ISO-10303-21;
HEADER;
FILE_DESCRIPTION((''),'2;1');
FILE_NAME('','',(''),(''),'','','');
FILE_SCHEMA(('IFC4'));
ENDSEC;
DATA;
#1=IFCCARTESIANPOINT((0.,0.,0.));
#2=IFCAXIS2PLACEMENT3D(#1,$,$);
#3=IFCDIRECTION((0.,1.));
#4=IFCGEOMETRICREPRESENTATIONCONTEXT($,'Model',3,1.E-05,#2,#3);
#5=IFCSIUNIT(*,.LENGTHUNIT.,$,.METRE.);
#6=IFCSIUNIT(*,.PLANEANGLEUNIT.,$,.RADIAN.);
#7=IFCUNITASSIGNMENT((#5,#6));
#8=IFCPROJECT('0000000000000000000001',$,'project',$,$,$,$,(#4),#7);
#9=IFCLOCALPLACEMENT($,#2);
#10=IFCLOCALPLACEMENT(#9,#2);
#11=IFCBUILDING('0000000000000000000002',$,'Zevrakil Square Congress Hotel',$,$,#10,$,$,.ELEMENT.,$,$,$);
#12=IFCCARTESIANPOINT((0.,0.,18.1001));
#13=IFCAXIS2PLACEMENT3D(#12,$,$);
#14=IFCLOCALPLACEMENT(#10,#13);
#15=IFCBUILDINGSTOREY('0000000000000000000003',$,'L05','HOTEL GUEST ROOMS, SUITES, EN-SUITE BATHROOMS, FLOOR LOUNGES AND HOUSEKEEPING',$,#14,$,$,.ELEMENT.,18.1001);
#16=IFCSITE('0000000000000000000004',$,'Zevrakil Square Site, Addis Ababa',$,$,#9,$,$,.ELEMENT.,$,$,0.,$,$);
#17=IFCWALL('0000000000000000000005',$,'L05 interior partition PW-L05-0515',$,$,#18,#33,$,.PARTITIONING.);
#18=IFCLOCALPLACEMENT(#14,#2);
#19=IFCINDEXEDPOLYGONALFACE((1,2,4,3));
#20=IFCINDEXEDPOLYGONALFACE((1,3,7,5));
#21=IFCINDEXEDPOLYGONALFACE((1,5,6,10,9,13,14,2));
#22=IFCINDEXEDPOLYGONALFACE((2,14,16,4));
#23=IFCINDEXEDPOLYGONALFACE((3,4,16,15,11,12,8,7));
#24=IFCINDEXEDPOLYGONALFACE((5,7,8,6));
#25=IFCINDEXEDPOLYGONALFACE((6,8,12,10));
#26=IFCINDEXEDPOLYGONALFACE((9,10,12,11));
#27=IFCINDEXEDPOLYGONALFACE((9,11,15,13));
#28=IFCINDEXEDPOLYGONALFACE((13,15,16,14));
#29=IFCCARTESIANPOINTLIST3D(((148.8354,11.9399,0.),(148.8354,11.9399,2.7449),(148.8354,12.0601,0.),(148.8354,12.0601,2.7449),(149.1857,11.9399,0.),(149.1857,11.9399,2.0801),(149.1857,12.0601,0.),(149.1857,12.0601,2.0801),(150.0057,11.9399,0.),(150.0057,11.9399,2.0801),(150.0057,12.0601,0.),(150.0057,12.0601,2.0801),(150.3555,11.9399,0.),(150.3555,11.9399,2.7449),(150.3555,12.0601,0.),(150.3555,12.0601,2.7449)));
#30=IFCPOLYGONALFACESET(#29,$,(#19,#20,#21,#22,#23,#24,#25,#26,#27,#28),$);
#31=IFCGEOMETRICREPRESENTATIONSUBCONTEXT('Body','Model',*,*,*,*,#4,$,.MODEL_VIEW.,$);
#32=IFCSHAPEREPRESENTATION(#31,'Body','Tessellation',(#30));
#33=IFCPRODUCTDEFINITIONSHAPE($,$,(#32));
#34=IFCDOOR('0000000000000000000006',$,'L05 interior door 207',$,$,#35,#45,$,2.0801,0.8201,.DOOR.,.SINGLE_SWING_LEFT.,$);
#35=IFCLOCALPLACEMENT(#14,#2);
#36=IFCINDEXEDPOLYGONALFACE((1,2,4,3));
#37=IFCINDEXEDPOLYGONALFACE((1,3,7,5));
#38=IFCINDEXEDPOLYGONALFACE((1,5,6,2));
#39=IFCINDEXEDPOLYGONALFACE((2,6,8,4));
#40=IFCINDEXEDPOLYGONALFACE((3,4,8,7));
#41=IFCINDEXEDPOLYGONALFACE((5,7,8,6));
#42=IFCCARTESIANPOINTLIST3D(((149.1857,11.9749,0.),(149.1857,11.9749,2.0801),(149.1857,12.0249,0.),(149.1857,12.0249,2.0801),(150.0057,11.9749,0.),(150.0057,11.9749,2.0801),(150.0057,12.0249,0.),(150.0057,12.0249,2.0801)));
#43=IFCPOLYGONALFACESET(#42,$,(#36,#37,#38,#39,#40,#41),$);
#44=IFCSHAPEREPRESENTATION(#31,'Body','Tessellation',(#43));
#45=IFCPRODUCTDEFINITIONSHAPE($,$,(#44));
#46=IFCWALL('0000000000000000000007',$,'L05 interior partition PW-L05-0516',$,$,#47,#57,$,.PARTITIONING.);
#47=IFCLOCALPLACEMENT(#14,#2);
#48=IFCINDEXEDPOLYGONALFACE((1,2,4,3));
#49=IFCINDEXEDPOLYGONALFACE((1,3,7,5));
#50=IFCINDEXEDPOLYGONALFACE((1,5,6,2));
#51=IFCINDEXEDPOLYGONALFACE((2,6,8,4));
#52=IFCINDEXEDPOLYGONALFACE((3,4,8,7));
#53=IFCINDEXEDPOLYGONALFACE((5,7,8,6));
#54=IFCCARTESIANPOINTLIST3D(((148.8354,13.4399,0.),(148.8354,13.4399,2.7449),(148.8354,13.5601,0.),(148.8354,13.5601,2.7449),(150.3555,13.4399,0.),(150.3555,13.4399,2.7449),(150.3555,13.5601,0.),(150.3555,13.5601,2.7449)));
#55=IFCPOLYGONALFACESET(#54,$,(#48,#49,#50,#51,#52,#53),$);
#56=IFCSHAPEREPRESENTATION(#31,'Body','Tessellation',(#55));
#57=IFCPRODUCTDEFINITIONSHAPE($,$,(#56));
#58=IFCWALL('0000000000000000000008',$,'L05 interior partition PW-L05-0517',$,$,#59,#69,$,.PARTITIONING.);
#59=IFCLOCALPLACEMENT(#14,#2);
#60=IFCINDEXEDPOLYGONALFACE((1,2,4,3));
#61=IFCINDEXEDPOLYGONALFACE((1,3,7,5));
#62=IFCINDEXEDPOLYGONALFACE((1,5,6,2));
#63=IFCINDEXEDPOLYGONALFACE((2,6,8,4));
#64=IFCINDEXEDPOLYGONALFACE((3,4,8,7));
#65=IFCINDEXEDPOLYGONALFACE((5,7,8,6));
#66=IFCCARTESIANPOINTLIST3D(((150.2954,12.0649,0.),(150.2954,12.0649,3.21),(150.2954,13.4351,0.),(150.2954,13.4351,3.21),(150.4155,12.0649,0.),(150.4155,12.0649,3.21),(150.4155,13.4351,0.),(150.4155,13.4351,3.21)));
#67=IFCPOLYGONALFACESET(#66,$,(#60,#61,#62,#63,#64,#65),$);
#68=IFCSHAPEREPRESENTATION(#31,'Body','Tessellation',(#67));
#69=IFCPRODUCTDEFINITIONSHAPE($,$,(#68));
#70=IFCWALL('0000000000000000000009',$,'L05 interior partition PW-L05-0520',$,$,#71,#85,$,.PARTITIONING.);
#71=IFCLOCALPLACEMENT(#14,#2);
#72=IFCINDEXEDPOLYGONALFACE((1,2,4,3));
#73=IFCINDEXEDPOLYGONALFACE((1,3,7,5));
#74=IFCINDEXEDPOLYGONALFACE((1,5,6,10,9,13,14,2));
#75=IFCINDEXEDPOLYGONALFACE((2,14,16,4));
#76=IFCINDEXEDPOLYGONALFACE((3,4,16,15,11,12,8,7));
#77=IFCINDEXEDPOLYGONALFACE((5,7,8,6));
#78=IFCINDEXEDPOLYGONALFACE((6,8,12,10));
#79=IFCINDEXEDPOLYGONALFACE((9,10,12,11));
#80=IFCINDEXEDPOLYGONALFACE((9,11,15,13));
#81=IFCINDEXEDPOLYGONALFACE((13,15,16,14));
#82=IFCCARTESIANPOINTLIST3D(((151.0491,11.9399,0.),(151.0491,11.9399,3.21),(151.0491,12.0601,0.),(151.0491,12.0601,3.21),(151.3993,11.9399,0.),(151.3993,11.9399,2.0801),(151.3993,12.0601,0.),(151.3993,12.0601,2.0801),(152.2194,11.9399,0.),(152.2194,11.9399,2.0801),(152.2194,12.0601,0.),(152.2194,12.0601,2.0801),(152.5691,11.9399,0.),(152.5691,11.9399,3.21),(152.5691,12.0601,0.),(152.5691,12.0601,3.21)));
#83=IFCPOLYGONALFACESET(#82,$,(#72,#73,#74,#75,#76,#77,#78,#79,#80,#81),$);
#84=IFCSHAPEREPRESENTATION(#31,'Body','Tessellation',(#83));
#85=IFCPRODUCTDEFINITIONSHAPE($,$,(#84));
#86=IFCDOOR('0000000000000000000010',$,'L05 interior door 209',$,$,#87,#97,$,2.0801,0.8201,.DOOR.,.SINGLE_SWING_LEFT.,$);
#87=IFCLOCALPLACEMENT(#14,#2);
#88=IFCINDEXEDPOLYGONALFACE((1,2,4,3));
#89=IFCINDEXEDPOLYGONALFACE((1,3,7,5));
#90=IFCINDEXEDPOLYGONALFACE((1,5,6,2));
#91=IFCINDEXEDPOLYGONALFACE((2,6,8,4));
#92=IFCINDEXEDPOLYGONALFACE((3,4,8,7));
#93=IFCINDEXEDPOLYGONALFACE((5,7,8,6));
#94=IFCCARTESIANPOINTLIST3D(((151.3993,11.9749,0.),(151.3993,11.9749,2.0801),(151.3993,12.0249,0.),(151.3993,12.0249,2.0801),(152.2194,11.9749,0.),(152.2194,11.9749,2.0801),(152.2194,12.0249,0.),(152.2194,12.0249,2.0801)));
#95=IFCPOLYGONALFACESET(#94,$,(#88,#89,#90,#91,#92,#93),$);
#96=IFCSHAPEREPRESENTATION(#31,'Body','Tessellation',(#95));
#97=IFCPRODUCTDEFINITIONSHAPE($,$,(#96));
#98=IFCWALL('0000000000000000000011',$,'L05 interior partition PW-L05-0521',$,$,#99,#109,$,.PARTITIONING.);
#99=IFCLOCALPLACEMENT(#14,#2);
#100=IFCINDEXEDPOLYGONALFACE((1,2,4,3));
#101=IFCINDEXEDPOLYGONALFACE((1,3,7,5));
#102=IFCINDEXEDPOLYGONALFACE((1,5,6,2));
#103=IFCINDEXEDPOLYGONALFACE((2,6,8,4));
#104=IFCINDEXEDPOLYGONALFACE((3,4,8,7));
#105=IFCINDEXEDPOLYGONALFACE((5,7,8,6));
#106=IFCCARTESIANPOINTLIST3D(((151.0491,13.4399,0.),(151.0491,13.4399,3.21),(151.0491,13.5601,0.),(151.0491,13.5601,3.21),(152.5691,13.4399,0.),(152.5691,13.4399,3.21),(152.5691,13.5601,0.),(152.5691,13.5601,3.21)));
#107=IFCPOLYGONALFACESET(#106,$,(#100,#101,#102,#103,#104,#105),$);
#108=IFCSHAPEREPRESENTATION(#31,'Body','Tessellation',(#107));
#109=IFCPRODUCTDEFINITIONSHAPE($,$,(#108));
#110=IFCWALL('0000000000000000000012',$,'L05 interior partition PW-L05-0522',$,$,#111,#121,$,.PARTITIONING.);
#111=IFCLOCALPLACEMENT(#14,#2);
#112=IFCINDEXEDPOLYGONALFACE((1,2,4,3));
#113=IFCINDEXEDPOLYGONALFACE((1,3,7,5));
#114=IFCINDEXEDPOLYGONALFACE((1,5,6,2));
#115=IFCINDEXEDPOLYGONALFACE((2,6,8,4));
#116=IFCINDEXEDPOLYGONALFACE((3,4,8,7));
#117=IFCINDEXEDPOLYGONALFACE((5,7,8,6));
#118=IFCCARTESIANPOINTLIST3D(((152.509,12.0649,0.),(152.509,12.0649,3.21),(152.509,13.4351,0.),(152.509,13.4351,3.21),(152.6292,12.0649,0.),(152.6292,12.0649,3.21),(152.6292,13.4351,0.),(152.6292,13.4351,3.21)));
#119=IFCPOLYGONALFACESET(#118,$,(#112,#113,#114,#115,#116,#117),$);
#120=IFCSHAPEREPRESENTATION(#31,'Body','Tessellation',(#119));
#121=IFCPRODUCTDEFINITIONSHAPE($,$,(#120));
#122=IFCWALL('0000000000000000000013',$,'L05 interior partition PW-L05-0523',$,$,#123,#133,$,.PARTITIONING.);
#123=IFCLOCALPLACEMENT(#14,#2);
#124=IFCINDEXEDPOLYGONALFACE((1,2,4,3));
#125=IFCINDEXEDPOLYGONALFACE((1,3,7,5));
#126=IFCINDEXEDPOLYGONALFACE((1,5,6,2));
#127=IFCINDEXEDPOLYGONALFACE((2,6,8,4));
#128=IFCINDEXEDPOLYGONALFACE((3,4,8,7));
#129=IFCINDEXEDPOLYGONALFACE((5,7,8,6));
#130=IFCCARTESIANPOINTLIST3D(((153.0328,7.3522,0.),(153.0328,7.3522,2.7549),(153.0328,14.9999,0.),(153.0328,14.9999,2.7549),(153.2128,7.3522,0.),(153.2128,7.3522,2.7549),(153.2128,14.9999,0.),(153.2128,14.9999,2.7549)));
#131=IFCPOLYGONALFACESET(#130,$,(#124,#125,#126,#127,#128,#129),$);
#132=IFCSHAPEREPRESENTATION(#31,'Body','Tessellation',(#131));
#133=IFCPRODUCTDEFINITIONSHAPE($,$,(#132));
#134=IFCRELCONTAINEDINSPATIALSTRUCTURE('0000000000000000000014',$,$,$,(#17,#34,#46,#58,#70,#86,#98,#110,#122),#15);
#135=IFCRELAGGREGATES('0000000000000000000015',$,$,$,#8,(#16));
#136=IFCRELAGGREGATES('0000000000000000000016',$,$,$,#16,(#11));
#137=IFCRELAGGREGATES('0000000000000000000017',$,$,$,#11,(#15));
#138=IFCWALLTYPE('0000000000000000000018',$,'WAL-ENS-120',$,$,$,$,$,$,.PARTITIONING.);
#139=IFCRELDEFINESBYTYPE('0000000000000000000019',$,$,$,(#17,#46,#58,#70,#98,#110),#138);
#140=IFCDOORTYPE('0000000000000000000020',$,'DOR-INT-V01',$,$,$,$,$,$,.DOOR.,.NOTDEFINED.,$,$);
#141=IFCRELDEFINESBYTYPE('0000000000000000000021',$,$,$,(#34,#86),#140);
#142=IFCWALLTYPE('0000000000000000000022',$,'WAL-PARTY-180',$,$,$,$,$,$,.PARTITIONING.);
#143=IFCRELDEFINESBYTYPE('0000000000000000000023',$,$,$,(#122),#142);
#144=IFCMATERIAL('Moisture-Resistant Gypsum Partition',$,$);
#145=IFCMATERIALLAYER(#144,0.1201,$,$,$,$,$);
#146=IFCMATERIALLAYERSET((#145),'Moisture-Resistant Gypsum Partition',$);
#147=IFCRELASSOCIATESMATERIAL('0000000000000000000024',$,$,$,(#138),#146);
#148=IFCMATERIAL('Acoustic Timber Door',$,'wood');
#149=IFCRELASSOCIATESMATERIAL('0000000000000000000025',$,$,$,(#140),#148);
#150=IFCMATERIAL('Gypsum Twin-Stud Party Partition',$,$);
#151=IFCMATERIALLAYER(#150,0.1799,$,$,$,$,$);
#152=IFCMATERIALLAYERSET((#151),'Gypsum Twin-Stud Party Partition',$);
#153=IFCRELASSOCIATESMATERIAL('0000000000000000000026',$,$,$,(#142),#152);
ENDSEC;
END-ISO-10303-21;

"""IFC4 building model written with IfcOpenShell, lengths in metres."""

from ifc_helpers import new_model, si_unit, direction, frame, frame_2d, origin, place, context, subcontext, project, spatial, rectangle, extrude, material, layer, layer_set, type_object, element, fill, save


model = new_model("IFC4")

# Units and contexts
model_context = context("Model", 3, precision=1e-05, world=origin(), true_north=direction((0.0, 1.0)))
body_context = subcontext(model_context, "Body", "Model", "MODEL_VIEW")
ifc_project = project(units=[si_unit("LENGTHUNIT", "METRE"), si_unit("PLANEANGLEUNIT", "RADIAN")], contexts=[model_context])

# Site, building, storey
site_placement = place(None, origin())
site = spatial("IfcSite", under=ifc_project, at=site_placement, Name="Zevrakil Square Site, Addis Ababa", CompositionType="ELEMENT", RefElevation=0.0)
building_placement = place(site_placement, origin())
building = spatial("IfcBuilding", under=site, at=building_placement, Name="Zevrakil Square Congress Hotel", CompositionType="ELEMENT")
storey_placement = place(building_placement, frame((0.0, 0.0, 18.1001)))
storey = spatial("IfcBuildingStorey", under=building, at=storey_placement, Name="L05", Description="HOTEL GUEST ROOMS, SUITES, EN-SUITE BATHROOMS, FLOOR LOUNGES AND HOUSEKEEPING", CompositionType="ELEMENT", Elevation=18.1001)

# Wall, opening, door
ifc_material_1 = material(Name="Moisture-Resistant Gypsum Partition")
ifc_layer_1 = layer(ifc_material_1, 0.1201)
ifc_layer_set_1 = layer_set([ifc_layer_1], Name="Moisture-Resistant Gypsum Partition")
wall_type_1 = type_object("IfcWallType", Name="WAL-ENS-120", PredefinedType="PARTITIONING", material=ifc_layer_set_1)
wall_1_placement = place(storey_placement, frame((148.8354, 12.0, 0.0), z_axis=(0.0, 0.0, 1.0), x_axis=(1.0, 0.0, 0.0)))
wall_1 = element("IfcWall", 1, at=wall_1_placement, inside=storey, type_object=wall_type_1, Name="L05 interior partition PW-L05-0515", PredefinedType="PARTITIONING", context=body_context, shape_type="SweptSolid", body=[
    extrude(rectangle(XDim=1.52, YDim=0.1201, at=frame_2d((0.76, 0.0))), origin(), (0.0, 0.0, 1.0), 2.7449),
])
opening_1_placement = place(wall_1_placement, frame((0.3501, 0.0, 0.0)))
opening_1 = element("IfcOpeningElement", 2, at=opening_1_placement, cuts=wall_1, PredefinedType="OPENING", context=body_context, shape_type="SweptSolid", body=[
    extrude(rectangle(XDim=0.8201, YDim=2.0801, at=frame_2d((0.4102, 1.04))), frame((0.0, 0.0701, 0.0), z_axis=(0.0, -1.0, 0.0), x_axis=(1.0, 0.0, 0.0)), (0.0, 0.0, 1.0), 0.1401),
])
ifc_material_2 = material(Name="Acoustic Timber Door", Category="wood")
door_type_1 = type_object("IfcDoorType", Name="DOR-INT-V01", OperationType="NOTDEFINED", PredefinedType="DOOR", material=ifc_material_2)
door_1_placement = place(opening_1_placement, origin())
door_1 = element("IfcDoor", 3, at=door_1_placement, inside=storey, type_object=door_type_1, Name="L05 interior door 207", OperationType="SINGLE_SWING_LEFT", OverallHeight=2.0801, OverallWidth=0.8201, PredefinedType="DOOR", context=body_context, shape_type="SweptSolid", body=[
    extrude(rectangle(XDim=0.8201, YDim=2.0801, at=frame_2d((0.4102, 1.04))), frame((0.0, 0.0249, 0.0), z_axis=(0.0, -1.0, 0.0), x_axis=(1.0, 0.0, 0.0)), (0.0, 0.0, 1.0), 0.05),
])
fill(opening_1, door_1)

# Walls
wall_2_placement = place(storey_placement, frame((148.8354, 13.5, 0.0), z_axis=(0.0, 0.0, 1.0), x_axis=(1.0, 0.0, 0.0)))
element("IfcWall", 4, at=wall_2_placement, inside=storey, type_object=wall_type_1, Name="L05 interior partition PW-L05-0516", PredefinedType="PARTITIONING", context=body_context, shape_type="SweptSolid", body=[
    extrude(rectangle(XDim=1.52, YDim=0.1201, at=frame_2d((0.76, 0.0))), origin(), (0.0, 0.0, 1.0), 2.7449),
])
wall_3_placement = place(storey_placement, frame((150.3555, 12.0649, 0.0), z_axis=(0.0, 0.0, 1.0), x_axis=(0.0, 1.0, 0.0)))
element("IfcWall", 5, at=wall_3_placement, inside=storey, type_object=wall_type_1, Name="L05 interior partition PW-L05-0517", PredefinedType="PARTITIONING", context=body_context, shape_type="SweptSolid", body=[
    extrude(rectangle(XDim=1.3701, YDim=0.1201, at=frame_2d((0.6851, 0.0))), origin(), (0.0, 0.0, 1.0), 3.21),
])

# Wall, opening, door
wall_4_placement = place(storey_placement, frame((151.0491, 12.0, 0.0), z_axis=(0.0, 0.0, 1.0), x_axis=(1.0, 0.0, 0.0)))
wall_4 = element("IfcWall", 6, at=wall_4_placement, inside=storey, type_object=wall_type_1, Name="L05 interior partition PW-L05-0520", PredefinedType="PARTITIONING", context=body_context, shape_type="SweptSolid", body=[
    extrude(rectangle(XDim=1.52, YDim=0.1201, at=frame_2d((0.76, 0.0))), origin(), (0.0, 0.0, 1.0), 3.21),
])
opening_2_placement = place(wall_4_placement, frame((0.3501, 0.0, 0.0)))
opening_2 = element("IfcOpeningElement", 7, at=opening_2_placement, cuts=wall_4, PredefinedType="OPENING", context=body_context, shape_type="SweptSolid", body=[
    extrude(rectangle(XDim=0.8201, YDim=2.0801, at=frame_2d((0.4102, 1.04))), frame((0.0, 0.0701, 0.0), z_axis=(0.0, -1.0, 0.0), x_axis=(1.0, 0.0, 0.0)), (0.0, 0.0, 1.0), 0.1401),
])
door_2_placement = place(opening_2_placement, origin())
door_2 = element("IfcDoor", 8, at=door_2_placement, inside=storey, type_object=door_type_1, Name="L05 interior door 209", OperationType="SINGLE_SWING_LEFT", OverallHeight=2.0801, OverallWidth=0.8201, PredefinedType="DOOR", context=body_context, shape_type="SweptSolid", body=[
    extrude(rectangle(XDim=0.8201, YDim=2.0801, at=frame_2d((0.4102, 1.04))), frame((0.0, 0.0249, 0.0), z_axis=(0.0, -1.0, 0.0), x_axis=(1.0, 0.0, 0.0)), (0.0, 0.0, 1.0), 0.05),
])
fill(opening_2, door_2)

# Walls
wall_5_placement = place(storey_placement, frame((151.0491, 13.5, 0.0), z_axis=(0.0, 0.0, 1.0), x_axis=(1.0, 0.0, 0.0)))
element("IfcWall", 9, at=wall_5_placement, inside=storey, type_object=wall_type_1, Name="L05 interior partition PW-L05-0521", PredefinedType="PARTITIONING", context=body_context, shape_type="SweptSolid", body=[
    extrude(rectangle(XDim=1.52, YDim=0.1201, at=frame_2d((0.76, 0.0))), origin(), (0.0, 0.0, 1.0), 3.21),
])
wall_6_placement = place(storey_placement, frame((152.5691, 12.0649, 0.0), z_axis=(0.0, 0.0, 1.0), x_axis=(0.0, 1.0, 0.0)))
element("IfcWall", 10, at=wall_6_placement, inside=storey, type_object=wall_type_1, Name="L05 interior partition PW-L05-0522", PredefinedType="PARTITIONING", context=body_context, shape_type="SweptSolid", body=[
    extrude(rectangle(XDim=1.3701, YDim=0.1201, at=frame_2d((0.6851, 0.0))), origin(), (0.0, 0.0, 1.0), 3.21),
])
ifc_material_3 = material(Name="Gypsum Twin-Stud Party Partition")
ifc_layer_2 = layer(ifc_material_3, 0.1799)
ifc_layer_set_2 = layer_set([ifc_layer_2], Name="Gypsum Twin-Stud Party Partition")
wall_type_2 = type_object("IfcWallType", Name="WAL-PARTY-180", PredefinedType="PARTITIONING", material=ifc_layer_set_2)
wall_7_placement = place(storey_placement, frame((153.1228, 7.3523, 0.0), z_axis=(0.0, 0.0, 1.0), x_axis=(0.0, 1.0, 0.0)))
element("IfcWall", 11, at=wall_7_placement, inside=storey, type_object=wall_type_2, Name="L05 interior partition PW-L05-0523", PredefinedType="PARTITIONING", context=body_context, shape_type="SweptSolid", body=[
    extrude(rectangle(XDim=7.6477, YDim=0.1799, at=frame_2d((3.8237, 0.0))), origin(), (0.0, 0.0, 1.0), 2.7549),
])

save(model, "model.ifc")
